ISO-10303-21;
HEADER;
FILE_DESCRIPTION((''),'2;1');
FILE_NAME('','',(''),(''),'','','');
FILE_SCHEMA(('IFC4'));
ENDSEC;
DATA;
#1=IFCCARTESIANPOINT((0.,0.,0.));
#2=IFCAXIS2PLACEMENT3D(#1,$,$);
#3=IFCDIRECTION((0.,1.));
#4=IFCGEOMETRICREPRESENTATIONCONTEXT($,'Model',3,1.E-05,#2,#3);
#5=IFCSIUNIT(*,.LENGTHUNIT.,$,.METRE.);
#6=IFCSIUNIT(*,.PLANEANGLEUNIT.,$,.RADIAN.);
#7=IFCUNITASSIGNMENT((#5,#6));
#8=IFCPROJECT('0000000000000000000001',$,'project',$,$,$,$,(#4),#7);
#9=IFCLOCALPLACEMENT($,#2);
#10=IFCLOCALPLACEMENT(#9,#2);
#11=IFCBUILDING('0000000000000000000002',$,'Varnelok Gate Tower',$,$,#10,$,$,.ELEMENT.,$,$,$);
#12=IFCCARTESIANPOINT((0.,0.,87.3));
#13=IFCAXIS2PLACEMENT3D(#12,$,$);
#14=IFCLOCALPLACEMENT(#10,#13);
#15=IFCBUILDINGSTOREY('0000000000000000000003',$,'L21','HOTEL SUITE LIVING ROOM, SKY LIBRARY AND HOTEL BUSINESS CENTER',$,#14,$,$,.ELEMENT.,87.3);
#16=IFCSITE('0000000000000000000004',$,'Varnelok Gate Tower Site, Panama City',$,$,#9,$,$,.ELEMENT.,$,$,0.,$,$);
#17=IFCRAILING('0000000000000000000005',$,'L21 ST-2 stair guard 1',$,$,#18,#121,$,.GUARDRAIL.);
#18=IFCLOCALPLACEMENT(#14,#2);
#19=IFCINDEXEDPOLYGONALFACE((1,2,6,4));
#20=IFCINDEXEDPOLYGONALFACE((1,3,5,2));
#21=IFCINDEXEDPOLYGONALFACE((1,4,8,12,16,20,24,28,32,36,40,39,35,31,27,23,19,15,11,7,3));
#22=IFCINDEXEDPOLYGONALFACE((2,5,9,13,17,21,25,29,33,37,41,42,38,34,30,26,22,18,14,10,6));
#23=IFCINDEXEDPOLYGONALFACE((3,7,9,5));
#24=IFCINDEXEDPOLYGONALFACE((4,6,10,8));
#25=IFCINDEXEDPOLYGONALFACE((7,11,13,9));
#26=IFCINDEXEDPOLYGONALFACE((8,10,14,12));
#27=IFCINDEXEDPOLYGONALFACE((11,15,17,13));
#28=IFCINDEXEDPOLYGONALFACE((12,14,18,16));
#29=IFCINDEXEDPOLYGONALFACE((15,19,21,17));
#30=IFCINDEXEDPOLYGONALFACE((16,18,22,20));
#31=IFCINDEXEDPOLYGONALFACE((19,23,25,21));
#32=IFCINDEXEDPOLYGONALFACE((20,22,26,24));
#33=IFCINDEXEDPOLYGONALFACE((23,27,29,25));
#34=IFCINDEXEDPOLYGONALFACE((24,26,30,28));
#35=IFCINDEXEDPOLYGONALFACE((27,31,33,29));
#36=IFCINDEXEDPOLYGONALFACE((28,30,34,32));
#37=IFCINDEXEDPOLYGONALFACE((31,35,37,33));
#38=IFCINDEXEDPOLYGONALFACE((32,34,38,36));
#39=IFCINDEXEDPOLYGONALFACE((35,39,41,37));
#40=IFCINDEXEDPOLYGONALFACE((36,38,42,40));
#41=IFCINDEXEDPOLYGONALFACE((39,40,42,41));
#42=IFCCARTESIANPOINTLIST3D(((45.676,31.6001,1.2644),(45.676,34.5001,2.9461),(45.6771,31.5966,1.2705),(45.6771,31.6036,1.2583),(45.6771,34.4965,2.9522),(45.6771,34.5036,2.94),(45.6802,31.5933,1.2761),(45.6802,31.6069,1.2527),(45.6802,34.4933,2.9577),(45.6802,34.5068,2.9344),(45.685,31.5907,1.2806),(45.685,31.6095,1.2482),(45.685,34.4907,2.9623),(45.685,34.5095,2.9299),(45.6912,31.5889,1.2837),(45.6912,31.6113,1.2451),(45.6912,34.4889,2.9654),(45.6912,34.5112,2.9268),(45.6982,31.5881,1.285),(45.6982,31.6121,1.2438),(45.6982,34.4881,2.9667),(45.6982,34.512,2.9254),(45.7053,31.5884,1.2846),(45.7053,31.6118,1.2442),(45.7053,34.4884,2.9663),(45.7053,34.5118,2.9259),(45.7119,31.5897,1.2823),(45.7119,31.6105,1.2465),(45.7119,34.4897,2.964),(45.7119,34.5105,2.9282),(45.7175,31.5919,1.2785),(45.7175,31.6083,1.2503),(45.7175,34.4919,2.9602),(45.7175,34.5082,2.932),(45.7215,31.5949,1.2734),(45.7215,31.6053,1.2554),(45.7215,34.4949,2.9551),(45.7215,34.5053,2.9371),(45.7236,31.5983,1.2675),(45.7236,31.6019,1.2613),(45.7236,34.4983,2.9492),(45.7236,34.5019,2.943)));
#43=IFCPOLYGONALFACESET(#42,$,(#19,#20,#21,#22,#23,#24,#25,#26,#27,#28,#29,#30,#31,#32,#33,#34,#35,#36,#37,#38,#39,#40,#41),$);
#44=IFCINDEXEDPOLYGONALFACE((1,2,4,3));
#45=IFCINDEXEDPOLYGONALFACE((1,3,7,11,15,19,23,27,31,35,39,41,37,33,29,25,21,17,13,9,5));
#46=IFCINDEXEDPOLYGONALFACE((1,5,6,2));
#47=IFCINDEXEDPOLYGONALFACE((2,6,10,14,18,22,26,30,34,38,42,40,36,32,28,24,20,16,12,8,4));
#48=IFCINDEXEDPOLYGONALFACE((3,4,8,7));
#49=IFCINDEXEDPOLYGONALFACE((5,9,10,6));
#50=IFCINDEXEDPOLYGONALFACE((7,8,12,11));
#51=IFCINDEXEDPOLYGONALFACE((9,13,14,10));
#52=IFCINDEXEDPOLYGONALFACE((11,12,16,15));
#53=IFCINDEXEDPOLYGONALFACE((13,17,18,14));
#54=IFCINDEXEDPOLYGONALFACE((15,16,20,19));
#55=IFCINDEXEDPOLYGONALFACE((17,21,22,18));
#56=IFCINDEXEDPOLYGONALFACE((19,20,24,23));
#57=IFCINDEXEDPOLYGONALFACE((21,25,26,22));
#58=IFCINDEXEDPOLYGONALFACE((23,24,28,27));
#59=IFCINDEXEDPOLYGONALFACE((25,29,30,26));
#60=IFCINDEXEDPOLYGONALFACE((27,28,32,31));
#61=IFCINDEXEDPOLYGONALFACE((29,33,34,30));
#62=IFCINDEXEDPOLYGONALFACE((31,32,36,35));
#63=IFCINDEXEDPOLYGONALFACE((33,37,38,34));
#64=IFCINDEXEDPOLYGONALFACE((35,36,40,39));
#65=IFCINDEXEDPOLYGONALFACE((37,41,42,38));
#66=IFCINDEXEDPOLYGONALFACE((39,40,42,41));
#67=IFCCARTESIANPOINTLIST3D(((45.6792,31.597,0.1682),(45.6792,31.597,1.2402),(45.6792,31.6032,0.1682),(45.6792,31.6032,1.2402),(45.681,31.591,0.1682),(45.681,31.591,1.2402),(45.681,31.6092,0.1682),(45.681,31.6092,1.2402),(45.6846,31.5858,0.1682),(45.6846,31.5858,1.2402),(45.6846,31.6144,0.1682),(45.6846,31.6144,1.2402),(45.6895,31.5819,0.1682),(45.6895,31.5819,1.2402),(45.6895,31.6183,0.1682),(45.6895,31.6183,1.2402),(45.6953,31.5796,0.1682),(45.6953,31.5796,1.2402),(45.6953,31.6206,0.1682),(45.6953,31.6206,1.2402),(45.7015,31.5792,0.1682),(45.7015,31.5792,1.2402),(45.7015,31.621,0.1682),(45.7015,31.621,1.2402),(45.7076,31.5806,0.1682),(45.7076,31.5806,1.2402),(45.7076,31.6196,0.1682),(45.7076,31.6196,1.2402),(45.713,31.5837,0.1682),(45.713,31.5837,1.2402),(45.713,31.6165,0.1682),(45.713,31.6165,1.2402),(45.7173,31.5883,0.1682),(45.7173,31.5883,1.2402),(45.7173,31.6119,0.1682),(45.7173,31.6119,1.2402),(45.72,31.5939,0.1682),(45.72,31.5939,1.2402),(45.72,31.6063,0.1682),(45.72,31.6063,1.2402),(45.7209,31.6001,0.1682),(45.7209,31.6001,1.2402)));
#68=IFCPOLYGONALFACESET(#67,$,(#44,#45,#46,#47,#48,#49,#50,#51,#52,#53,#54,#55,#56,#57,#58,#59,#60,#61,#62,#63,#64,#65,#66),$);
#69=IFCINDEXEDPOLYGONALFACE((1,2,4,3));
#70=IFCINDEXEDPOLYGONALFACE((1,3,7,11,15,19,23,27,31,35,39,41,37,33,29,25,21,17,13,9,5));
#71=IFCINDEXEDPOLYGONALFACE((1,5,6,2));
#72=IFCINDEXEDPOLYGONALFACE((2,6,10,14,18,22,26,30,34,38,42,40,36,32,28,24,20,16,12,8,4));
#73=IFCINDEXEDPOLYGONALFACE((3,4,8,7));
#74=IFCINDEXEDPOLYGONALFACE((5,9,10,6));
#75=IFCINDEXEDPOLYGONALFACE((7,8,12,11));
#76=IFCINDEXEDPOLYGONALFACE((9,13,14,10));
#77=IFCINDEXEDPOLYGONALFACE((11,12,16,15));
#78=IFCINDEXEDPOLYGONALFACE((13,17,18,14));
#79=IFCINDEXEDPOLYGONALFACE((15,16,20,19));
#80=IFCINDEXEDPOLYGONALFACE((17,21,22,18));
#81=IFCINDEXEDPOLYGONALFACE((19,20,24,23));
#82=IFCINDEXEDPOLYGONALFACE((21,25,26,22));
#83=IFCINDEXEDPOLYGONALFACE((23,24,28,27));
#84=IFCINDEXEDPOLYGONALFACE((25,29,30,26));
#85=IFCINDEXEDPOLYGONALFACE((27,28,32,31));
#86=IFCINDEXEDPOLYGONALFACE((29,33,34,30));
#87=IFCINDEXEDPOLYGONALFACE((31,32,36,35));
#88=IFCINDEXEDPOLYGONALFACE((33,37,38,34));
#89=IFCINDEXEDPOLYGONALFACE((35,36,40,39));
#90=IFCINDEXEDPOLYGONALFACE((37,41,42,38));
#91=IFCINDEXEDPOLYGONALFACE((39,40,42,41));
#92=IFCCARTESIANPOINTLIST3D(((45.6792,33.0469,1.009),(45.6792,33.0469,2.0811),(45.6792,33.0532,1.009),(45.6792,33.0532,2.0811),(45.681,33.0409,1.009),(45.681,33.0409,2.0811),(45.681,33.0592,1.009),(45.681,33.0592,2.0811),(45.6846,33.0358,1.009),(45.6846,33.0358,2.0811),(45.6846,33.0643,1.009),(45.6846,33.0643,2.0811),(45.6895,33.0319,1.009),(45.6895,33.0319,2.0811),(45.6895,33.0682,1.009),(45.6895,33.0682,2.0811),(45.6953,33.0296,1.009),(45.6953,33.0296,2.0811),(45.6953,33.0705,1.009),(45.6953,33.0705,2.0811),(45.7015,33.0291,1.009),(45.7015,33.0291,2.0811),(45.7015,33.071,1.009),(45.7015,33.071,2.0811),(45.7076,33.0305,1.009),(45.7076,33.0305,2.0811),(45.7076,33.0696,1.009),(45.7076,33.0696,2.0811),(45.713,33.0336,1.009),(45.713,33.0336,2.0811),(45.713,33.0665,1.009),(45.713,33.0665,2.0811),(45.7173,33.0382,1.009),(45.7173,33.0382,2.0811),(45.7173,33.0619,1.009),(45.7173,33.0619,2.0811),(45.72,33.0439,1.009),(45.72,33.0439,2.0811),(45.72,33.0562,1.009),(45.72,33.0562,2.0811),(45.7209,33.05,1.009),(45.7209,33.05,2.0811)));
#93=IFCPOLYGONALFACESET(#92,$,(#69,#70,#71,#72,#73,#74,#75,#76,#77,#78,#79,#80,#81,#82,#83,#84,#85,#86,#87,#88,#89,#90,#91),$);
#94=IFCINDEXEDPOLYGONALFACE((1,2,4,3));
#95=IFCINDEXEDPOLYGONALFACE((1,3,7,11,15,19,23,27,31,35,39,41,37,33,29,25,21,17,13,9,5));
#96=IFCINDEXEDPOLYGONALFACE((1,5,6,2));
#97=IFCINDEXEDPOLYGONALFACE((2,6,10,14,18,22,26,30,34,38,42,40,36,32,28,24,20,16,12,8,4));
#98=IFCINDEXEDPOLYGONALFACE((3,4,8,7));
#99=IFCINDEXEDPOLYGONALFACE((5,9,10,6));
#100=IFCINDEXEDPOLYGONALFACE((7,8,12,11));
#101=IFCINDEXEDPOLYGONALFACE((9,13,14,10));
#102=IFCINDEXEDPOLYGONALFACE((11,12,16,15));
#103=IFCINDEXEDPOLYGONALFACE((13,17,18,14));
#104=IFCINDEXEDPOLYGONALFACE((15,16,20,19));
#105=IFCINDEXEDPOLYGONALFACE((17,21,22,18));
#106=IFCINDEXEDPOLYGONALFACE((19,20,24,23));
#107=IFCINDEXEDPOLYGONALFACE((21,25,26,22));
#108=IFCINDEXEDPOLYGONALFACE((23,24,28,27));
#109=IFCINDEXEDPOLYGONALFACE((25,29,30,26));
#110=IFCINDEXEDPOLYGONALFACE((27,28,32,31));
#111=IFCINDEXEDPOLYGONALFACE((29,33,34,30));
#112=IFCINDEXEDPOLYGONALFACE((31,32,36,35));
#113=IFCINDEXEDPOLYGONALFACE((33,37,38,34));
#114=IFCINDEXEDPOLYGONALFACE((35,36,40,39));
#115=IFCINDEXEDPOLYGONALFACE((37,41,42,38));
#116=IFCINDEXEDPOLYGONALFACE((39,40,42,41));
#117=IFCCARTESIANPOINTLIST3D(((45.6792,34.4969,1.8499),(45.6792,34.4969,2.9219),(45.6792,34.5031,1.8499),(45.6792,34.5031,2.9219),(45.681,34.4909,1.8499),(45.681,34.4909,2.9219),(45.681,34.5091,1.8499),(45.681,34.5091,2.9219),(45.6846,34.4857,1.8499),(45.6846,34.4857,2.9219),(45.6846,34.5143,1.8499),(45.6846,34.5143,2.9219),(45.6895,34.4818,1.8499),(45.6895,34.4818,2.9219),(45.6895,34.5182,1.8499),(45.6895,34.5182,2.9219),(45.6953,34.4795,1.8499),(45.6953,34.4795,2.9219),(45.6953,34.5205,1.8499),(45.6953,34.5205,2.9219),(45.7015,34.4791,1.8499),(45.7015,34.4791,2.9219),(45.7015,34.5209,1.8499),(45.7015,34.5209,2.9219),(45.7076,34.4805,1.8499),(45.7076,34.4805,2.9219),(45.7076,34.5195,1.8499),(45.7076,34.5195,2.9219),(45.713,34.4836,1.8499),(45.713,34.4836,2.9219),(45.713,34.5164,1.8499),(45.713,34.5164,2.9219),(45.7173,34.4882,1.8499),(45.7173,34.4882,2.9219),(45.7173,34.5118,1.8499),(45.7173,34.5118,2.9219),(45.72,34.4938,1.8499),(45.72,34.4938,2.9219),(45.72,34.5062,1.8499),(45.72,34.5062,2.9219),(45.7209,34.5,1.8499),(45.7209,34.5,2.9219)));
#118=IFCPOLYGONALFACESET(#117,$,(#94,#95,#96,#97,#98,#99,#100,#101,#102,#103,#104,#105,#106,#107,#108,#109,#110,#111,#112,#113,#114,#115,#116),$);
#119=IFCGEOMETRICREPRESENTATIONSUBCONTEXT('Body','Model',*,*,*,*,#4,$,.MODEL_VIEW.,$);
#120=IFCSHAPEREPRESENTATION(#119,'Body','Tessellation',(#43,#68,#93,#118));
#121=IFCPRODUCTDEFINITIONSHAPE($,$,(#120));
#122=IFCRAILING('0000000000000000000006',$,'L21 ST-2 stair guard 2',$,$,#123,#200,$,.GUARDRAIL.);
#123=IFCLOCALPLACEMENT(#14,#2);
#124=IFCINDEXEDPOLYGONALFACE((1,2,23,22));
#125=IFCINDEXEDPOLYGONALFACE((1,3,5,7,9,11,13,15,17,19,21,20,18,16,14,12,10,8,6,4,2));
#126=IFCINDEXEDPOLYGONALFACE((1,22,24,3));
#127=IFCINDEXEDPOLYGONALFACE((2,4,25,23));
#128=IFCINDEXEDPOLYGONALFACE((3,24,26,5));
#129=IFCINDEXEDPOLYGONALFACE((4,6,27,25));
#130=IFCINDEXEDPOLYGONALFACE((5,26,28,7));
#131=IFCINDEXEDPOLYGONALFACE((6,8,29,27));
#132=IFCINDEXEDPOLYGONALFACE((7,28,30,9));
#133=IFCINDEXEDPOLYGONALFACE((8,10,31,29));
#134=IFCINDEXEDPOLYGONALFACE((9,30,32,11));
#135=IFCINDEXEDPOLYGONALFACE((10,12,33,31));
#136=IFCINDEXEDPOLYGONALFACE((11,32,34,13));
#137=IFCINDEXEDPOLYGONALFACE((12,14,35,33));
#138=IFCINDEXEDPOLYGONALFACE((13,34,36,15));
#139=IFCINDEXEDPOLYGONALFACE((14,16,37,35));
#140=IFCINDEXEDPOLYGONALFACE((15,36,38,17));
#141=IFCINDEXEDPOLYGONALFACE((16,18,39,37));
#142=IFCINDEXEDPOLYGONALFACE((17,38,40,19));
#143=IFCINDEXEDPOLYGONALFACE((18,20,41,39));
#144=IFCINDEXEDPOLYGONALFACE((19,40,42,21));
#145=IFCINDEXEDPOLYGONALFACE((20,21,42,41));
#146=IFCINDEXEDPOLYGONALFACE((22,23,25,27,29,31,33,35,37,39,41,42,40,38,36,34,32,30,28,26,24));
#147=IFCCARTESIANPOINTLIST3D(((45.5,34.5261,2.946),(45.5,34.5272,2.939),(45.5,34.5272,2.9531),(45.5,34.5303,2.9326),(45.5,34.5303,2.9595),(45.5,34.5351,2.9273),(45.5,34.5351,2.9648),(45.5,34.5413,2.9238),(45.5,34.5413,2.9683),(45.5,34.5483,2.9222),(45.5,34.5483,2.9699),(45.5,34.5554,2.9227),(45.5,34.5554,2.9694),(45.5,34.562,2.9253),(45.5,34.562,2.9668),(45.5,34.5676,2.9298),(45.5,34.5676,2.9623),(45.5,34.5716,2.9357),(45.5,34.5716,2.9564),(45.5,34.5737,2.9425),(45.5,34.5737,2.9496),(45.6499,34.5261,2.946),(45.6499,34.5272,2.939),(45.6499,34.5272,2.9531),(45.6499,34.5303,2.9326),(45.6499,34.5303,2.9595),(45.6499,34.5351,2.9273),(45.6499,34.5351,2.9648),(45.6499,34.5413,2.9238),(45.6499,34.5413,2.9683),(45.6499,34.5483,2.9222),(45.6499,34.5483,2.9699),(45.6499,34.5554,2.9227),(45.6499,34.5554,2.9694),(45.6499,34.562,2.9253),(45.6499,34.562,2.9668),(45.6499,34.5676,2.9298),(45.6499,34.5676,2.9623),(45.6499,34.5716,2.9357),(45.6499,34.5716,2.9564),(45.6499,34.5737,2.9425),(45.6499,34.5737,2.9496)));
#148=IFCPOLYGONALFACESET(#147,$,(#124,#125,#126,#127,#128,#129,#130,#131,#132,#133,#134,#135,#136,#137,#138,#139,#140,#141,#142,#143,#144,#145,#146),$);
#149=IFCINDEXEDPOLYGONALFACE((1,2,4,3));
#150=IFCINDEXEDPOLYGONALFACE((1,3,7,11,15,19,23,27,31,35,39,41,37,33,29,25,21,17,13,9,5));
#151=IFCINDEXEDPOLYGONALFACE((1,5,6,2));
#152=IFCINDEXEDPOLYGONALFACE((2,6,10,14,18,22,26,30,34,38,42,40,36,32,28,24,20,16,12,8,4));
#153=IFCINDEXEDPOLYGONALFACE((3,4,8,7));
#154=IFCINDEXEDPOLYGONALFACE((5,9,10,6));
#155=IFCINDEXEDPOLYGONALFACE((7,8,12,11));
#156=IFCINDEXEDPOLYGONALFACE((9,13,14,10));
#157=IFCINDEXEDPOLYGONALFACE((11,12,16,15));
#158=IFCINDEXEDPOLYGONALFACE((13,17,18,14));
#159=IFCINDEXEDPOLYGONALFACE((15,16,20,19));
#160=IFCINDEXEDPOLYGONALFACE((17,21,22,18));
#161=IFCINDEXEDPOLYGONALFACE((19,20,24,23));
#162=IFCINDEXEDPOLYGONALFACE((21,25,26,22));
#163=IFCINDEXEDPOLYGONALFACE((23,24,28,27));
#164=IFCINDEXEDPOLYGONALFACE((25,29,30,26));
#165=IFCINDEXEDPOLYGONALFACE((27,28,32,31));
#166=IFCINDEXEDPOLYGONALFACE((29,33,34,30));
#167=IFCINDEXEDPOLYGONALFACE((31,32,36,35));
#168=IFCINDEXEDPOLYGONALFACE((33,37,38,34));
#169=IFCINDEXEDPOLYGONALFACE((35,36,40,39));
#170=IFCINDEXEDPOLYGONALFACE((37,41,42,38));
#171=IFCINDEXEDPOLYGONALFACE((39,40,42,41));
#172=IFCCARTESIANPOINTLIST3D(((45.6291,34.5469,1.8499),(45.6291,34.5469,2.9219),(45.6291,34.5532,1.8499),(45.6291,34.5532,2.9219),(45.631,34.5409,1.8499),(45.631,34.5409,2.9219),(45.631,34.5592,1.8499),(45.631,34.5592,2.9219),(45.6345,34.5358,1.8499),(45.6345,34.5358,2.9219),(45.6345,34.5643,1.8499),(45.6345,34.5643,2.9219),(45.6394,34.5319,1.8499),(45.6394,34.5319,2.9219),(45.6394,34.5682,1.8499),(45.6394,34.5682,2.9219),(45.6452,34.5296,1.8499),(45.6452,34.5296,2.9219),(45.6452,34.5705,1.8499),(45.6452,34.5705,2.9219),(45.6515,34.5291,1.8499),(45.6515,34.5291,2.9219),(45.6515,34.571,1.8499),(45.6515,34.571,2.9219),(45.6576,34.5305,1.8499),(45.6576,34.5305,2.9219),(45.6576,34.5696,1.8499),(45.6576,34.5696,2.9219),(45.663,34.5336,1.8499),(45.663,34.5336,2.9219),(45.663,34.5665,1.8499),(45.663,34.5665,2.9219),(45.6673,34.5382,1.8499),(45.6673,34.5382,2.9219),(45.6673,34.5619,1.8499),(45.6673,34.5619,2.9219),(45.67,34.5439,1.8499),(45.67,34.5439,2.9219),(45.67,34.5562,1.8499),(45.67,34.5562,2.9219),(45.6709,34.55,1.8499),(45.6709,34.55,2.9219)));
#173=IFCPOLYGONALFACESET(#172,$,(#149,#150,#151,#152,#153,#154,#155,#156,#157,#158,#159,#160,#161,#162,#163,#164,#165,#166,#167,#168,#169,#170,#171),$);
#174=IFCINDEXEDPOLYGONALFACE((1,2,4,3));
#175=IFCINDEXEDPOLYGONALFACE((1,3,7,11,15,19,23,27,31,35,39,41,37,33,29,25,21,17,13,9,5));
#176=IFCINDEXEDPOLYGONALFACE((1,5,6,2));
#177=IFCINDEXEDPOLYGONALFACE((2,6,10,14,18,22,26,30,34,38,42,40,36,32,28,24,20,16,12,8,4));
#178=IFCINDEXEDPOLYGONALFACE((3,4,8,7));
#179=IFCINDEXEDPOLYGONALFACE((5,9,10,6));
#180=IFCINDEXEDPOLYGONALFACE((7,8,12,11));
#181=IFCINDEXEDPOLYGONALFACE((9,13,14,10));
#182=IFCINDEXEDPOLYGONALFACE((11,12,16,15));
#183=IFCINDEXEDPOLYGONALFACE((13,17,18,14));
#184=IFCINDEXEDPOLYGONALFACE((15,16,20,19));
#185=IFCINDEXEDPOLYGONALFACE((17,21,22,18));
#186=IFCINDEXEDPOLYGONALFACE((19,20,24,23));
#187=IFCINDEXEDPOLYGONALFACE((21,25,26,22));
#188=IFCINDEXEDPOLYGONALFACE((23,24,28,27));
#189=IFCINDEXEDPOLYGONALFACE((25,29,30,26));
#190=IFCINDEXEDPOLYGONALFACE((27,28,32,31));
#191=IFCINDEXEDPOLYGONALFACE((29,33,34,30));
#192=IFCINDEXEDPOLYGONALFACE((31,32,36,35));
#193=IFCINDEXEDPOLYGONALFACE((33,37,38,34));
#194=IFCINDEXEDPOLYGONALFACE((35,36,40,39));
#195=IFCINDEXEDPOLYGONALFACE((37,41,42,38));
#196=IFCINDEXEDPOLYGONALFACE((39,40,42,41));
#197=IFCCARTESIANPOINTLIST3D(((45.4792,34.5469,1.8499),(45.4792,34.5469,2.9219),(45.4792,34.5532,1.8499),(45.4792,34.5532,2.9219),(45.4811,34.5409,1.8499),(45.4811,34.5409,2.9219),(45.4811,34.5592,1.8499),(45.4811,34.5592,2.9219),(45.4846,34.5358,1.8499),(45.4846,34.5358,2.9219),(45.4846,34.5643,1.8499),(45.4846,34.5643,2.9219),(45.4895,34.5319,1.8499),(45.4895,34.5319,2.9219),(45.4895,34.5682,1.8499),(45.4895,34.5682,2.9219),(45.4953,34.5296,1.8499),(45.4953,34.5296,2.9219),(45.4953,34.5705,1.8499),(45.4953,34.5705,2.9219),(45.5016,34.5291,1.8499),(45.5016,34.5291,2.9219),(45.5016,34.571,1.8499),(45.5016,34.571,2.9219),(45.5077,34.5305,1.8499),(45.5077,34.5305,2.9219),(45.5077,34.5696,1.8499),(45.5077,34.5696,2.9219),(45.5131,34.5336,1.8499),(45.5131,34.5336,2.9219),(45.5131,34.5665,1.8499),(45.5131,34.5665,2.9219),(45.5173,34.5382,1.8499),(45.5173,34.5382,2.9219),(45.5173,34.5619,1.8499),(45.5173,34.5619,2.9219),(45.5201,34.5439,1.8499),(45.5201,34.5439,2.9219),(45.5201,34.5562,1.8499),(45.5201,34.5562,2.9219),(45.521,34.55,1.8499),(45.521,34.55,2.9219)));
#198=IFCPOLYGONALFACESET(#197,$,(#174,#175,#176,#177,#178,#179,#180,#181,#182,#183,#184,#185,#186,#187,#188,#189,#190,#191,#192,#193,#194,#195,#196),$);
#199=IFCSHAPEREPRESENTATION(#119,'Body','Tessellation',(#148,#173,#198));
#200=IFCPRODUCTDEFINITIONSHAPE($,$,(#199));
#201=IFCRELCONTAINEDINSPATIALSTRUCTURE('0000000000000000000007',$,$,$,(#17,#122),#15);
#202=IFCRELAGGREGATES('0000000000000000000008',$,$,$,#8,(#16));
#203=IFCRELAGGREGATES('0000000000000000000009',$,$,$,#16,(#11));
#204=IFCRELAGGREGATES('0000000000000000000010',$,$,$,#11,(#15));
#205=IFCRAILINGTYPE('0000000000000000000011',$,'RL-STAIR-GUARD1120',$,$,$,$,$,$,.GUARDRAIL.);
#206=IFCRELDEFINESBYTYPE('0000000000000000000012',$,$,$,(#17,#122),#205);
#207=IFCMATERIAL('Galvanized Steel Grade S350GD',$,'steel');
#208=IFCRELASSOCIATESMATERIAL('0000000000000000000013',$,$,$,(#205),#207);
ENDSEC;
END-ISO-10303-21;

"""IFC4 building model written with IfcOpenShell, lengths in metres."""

from ifc_helpers import new_model, si_unit, direction, frame, origin, origin_2d, place, context, subcontext, project, spatial, circle, extrude, material, type_object, element, save


model = new_model("IFC4")

# Units and contexts
model_context = context("Model", 3, precision=1e-05, world=origin(), true_north=direction((0.0, 1.0)))
body_context = subcontext(model_context, "Body", "Model", "MODEL_VIEW")
ifc_project = project(units=[si_unit("LENGTHUNIT", "METRE"), si_unit("PLANEANGLEUNIT", "RADIAN")], contexts=[model_context])

# Site, building, storey
site_placement = place(None, origin())
site = spatial("IfcSite", under=ifc_project, at=site_placement, Name="Varnelok Gate Tower Site, Panama City", CompositionType="ELEMENT", RefElevation=0.0)
building_placement = place(site_placement, origin())
building = spatial("IfcBuilding", under=site, at=building_placement, Name="Varnelok Gate Tower", CompositionType="ELEMENT")
storey_placement = place(building_placement, frame((0.0, 0.0, 87.3)))
storey = spatial("IfcBuildingStorey", under=building, at=storey_placement, Name="L21", Description="HOTEL SUITE LIVING ROOM, SKY LIBRARY AND HOTEL BUSINESS CENTER", CompositionType="ELEMENT", Elevation=87.3)

# Shared definitions
ifc_material_1 = material(Name="Galvanized Steel Grade S350GD", Category="steel")

# Railings
railing_type_1 = type_object("IfcRailingType", Name="RL-STAIR-GUARD1120", PredefinedType="GUARDRAIL", material=ifc_material_1)
railing_1_placement = place(storey_placement, frame((45.7, 31.6001, 0.1682)))
element("IfcRailing", 1, at=railing_1_placement, inside=storey, type_object=railing_type_1, Name="L21 ST-2 stair guard 1", PredefinedType="GUARDRAIL", context=body_context, shape_type="SweptSolid", body=[
    extrude(circle(Radius=0.0239, at=origin_2d()), frame((0.0, 0.0, 1.0962), z_axis=(0.0, 0.86507, 0.501651), x_axis=(-1.0, 0.0, 0.0)), (0.0, 0.0, 1.0), 3.3523),
    extrude(circle(Radius=0.021, at=origin_2d()), origin(), (0.0, 0.0, 1.0), 1.072),
    extrude(circle(Radius=0.021, at=origin_2d()), frame((0.0, 1.45, 0.8408)), (0.0, 0.0, 1.0), 1.072),
    extrude(circle(Radius=0.021, at=origin_2d()), frame((0.0, 2.8999, 1.6816)), (0.0, 0.0, 1.0), 1.072),
])
railing_2_placement = place(storey_placement, frame((45.6499, 34.55, 1.8499)))
element("IfcRailing", 2, at=railing_2_placement, inside=storey, type_object=railing_type_1, Name="L21 ST-2 stair guard 2", PredefinedType="GUARDRAIL", context=body_context, shape_type="SweptSolid", body=[
    extrude(circle(Radius=0.0239, at=origin_2d()), frame((0.0, 0.0, 1.0962), z_axis=(-1.0, 0.0, 0.0), x_axis=(0.0, -1.0, 0.0)), (0.0, 0.0, 1.0), 0.1499),
    extrude(circle(Radius=0.021, at=origin_2d()), origin(), (0.0, 0.0, 1.0), 1.072),
    extrude(circle(Radius=0.021, at=origin_2d()), frame((-0.1499, 0.0, 0.0)), (0.0, 0.0, 1.0), 1.072),
])

save(model, "model.ifc")
